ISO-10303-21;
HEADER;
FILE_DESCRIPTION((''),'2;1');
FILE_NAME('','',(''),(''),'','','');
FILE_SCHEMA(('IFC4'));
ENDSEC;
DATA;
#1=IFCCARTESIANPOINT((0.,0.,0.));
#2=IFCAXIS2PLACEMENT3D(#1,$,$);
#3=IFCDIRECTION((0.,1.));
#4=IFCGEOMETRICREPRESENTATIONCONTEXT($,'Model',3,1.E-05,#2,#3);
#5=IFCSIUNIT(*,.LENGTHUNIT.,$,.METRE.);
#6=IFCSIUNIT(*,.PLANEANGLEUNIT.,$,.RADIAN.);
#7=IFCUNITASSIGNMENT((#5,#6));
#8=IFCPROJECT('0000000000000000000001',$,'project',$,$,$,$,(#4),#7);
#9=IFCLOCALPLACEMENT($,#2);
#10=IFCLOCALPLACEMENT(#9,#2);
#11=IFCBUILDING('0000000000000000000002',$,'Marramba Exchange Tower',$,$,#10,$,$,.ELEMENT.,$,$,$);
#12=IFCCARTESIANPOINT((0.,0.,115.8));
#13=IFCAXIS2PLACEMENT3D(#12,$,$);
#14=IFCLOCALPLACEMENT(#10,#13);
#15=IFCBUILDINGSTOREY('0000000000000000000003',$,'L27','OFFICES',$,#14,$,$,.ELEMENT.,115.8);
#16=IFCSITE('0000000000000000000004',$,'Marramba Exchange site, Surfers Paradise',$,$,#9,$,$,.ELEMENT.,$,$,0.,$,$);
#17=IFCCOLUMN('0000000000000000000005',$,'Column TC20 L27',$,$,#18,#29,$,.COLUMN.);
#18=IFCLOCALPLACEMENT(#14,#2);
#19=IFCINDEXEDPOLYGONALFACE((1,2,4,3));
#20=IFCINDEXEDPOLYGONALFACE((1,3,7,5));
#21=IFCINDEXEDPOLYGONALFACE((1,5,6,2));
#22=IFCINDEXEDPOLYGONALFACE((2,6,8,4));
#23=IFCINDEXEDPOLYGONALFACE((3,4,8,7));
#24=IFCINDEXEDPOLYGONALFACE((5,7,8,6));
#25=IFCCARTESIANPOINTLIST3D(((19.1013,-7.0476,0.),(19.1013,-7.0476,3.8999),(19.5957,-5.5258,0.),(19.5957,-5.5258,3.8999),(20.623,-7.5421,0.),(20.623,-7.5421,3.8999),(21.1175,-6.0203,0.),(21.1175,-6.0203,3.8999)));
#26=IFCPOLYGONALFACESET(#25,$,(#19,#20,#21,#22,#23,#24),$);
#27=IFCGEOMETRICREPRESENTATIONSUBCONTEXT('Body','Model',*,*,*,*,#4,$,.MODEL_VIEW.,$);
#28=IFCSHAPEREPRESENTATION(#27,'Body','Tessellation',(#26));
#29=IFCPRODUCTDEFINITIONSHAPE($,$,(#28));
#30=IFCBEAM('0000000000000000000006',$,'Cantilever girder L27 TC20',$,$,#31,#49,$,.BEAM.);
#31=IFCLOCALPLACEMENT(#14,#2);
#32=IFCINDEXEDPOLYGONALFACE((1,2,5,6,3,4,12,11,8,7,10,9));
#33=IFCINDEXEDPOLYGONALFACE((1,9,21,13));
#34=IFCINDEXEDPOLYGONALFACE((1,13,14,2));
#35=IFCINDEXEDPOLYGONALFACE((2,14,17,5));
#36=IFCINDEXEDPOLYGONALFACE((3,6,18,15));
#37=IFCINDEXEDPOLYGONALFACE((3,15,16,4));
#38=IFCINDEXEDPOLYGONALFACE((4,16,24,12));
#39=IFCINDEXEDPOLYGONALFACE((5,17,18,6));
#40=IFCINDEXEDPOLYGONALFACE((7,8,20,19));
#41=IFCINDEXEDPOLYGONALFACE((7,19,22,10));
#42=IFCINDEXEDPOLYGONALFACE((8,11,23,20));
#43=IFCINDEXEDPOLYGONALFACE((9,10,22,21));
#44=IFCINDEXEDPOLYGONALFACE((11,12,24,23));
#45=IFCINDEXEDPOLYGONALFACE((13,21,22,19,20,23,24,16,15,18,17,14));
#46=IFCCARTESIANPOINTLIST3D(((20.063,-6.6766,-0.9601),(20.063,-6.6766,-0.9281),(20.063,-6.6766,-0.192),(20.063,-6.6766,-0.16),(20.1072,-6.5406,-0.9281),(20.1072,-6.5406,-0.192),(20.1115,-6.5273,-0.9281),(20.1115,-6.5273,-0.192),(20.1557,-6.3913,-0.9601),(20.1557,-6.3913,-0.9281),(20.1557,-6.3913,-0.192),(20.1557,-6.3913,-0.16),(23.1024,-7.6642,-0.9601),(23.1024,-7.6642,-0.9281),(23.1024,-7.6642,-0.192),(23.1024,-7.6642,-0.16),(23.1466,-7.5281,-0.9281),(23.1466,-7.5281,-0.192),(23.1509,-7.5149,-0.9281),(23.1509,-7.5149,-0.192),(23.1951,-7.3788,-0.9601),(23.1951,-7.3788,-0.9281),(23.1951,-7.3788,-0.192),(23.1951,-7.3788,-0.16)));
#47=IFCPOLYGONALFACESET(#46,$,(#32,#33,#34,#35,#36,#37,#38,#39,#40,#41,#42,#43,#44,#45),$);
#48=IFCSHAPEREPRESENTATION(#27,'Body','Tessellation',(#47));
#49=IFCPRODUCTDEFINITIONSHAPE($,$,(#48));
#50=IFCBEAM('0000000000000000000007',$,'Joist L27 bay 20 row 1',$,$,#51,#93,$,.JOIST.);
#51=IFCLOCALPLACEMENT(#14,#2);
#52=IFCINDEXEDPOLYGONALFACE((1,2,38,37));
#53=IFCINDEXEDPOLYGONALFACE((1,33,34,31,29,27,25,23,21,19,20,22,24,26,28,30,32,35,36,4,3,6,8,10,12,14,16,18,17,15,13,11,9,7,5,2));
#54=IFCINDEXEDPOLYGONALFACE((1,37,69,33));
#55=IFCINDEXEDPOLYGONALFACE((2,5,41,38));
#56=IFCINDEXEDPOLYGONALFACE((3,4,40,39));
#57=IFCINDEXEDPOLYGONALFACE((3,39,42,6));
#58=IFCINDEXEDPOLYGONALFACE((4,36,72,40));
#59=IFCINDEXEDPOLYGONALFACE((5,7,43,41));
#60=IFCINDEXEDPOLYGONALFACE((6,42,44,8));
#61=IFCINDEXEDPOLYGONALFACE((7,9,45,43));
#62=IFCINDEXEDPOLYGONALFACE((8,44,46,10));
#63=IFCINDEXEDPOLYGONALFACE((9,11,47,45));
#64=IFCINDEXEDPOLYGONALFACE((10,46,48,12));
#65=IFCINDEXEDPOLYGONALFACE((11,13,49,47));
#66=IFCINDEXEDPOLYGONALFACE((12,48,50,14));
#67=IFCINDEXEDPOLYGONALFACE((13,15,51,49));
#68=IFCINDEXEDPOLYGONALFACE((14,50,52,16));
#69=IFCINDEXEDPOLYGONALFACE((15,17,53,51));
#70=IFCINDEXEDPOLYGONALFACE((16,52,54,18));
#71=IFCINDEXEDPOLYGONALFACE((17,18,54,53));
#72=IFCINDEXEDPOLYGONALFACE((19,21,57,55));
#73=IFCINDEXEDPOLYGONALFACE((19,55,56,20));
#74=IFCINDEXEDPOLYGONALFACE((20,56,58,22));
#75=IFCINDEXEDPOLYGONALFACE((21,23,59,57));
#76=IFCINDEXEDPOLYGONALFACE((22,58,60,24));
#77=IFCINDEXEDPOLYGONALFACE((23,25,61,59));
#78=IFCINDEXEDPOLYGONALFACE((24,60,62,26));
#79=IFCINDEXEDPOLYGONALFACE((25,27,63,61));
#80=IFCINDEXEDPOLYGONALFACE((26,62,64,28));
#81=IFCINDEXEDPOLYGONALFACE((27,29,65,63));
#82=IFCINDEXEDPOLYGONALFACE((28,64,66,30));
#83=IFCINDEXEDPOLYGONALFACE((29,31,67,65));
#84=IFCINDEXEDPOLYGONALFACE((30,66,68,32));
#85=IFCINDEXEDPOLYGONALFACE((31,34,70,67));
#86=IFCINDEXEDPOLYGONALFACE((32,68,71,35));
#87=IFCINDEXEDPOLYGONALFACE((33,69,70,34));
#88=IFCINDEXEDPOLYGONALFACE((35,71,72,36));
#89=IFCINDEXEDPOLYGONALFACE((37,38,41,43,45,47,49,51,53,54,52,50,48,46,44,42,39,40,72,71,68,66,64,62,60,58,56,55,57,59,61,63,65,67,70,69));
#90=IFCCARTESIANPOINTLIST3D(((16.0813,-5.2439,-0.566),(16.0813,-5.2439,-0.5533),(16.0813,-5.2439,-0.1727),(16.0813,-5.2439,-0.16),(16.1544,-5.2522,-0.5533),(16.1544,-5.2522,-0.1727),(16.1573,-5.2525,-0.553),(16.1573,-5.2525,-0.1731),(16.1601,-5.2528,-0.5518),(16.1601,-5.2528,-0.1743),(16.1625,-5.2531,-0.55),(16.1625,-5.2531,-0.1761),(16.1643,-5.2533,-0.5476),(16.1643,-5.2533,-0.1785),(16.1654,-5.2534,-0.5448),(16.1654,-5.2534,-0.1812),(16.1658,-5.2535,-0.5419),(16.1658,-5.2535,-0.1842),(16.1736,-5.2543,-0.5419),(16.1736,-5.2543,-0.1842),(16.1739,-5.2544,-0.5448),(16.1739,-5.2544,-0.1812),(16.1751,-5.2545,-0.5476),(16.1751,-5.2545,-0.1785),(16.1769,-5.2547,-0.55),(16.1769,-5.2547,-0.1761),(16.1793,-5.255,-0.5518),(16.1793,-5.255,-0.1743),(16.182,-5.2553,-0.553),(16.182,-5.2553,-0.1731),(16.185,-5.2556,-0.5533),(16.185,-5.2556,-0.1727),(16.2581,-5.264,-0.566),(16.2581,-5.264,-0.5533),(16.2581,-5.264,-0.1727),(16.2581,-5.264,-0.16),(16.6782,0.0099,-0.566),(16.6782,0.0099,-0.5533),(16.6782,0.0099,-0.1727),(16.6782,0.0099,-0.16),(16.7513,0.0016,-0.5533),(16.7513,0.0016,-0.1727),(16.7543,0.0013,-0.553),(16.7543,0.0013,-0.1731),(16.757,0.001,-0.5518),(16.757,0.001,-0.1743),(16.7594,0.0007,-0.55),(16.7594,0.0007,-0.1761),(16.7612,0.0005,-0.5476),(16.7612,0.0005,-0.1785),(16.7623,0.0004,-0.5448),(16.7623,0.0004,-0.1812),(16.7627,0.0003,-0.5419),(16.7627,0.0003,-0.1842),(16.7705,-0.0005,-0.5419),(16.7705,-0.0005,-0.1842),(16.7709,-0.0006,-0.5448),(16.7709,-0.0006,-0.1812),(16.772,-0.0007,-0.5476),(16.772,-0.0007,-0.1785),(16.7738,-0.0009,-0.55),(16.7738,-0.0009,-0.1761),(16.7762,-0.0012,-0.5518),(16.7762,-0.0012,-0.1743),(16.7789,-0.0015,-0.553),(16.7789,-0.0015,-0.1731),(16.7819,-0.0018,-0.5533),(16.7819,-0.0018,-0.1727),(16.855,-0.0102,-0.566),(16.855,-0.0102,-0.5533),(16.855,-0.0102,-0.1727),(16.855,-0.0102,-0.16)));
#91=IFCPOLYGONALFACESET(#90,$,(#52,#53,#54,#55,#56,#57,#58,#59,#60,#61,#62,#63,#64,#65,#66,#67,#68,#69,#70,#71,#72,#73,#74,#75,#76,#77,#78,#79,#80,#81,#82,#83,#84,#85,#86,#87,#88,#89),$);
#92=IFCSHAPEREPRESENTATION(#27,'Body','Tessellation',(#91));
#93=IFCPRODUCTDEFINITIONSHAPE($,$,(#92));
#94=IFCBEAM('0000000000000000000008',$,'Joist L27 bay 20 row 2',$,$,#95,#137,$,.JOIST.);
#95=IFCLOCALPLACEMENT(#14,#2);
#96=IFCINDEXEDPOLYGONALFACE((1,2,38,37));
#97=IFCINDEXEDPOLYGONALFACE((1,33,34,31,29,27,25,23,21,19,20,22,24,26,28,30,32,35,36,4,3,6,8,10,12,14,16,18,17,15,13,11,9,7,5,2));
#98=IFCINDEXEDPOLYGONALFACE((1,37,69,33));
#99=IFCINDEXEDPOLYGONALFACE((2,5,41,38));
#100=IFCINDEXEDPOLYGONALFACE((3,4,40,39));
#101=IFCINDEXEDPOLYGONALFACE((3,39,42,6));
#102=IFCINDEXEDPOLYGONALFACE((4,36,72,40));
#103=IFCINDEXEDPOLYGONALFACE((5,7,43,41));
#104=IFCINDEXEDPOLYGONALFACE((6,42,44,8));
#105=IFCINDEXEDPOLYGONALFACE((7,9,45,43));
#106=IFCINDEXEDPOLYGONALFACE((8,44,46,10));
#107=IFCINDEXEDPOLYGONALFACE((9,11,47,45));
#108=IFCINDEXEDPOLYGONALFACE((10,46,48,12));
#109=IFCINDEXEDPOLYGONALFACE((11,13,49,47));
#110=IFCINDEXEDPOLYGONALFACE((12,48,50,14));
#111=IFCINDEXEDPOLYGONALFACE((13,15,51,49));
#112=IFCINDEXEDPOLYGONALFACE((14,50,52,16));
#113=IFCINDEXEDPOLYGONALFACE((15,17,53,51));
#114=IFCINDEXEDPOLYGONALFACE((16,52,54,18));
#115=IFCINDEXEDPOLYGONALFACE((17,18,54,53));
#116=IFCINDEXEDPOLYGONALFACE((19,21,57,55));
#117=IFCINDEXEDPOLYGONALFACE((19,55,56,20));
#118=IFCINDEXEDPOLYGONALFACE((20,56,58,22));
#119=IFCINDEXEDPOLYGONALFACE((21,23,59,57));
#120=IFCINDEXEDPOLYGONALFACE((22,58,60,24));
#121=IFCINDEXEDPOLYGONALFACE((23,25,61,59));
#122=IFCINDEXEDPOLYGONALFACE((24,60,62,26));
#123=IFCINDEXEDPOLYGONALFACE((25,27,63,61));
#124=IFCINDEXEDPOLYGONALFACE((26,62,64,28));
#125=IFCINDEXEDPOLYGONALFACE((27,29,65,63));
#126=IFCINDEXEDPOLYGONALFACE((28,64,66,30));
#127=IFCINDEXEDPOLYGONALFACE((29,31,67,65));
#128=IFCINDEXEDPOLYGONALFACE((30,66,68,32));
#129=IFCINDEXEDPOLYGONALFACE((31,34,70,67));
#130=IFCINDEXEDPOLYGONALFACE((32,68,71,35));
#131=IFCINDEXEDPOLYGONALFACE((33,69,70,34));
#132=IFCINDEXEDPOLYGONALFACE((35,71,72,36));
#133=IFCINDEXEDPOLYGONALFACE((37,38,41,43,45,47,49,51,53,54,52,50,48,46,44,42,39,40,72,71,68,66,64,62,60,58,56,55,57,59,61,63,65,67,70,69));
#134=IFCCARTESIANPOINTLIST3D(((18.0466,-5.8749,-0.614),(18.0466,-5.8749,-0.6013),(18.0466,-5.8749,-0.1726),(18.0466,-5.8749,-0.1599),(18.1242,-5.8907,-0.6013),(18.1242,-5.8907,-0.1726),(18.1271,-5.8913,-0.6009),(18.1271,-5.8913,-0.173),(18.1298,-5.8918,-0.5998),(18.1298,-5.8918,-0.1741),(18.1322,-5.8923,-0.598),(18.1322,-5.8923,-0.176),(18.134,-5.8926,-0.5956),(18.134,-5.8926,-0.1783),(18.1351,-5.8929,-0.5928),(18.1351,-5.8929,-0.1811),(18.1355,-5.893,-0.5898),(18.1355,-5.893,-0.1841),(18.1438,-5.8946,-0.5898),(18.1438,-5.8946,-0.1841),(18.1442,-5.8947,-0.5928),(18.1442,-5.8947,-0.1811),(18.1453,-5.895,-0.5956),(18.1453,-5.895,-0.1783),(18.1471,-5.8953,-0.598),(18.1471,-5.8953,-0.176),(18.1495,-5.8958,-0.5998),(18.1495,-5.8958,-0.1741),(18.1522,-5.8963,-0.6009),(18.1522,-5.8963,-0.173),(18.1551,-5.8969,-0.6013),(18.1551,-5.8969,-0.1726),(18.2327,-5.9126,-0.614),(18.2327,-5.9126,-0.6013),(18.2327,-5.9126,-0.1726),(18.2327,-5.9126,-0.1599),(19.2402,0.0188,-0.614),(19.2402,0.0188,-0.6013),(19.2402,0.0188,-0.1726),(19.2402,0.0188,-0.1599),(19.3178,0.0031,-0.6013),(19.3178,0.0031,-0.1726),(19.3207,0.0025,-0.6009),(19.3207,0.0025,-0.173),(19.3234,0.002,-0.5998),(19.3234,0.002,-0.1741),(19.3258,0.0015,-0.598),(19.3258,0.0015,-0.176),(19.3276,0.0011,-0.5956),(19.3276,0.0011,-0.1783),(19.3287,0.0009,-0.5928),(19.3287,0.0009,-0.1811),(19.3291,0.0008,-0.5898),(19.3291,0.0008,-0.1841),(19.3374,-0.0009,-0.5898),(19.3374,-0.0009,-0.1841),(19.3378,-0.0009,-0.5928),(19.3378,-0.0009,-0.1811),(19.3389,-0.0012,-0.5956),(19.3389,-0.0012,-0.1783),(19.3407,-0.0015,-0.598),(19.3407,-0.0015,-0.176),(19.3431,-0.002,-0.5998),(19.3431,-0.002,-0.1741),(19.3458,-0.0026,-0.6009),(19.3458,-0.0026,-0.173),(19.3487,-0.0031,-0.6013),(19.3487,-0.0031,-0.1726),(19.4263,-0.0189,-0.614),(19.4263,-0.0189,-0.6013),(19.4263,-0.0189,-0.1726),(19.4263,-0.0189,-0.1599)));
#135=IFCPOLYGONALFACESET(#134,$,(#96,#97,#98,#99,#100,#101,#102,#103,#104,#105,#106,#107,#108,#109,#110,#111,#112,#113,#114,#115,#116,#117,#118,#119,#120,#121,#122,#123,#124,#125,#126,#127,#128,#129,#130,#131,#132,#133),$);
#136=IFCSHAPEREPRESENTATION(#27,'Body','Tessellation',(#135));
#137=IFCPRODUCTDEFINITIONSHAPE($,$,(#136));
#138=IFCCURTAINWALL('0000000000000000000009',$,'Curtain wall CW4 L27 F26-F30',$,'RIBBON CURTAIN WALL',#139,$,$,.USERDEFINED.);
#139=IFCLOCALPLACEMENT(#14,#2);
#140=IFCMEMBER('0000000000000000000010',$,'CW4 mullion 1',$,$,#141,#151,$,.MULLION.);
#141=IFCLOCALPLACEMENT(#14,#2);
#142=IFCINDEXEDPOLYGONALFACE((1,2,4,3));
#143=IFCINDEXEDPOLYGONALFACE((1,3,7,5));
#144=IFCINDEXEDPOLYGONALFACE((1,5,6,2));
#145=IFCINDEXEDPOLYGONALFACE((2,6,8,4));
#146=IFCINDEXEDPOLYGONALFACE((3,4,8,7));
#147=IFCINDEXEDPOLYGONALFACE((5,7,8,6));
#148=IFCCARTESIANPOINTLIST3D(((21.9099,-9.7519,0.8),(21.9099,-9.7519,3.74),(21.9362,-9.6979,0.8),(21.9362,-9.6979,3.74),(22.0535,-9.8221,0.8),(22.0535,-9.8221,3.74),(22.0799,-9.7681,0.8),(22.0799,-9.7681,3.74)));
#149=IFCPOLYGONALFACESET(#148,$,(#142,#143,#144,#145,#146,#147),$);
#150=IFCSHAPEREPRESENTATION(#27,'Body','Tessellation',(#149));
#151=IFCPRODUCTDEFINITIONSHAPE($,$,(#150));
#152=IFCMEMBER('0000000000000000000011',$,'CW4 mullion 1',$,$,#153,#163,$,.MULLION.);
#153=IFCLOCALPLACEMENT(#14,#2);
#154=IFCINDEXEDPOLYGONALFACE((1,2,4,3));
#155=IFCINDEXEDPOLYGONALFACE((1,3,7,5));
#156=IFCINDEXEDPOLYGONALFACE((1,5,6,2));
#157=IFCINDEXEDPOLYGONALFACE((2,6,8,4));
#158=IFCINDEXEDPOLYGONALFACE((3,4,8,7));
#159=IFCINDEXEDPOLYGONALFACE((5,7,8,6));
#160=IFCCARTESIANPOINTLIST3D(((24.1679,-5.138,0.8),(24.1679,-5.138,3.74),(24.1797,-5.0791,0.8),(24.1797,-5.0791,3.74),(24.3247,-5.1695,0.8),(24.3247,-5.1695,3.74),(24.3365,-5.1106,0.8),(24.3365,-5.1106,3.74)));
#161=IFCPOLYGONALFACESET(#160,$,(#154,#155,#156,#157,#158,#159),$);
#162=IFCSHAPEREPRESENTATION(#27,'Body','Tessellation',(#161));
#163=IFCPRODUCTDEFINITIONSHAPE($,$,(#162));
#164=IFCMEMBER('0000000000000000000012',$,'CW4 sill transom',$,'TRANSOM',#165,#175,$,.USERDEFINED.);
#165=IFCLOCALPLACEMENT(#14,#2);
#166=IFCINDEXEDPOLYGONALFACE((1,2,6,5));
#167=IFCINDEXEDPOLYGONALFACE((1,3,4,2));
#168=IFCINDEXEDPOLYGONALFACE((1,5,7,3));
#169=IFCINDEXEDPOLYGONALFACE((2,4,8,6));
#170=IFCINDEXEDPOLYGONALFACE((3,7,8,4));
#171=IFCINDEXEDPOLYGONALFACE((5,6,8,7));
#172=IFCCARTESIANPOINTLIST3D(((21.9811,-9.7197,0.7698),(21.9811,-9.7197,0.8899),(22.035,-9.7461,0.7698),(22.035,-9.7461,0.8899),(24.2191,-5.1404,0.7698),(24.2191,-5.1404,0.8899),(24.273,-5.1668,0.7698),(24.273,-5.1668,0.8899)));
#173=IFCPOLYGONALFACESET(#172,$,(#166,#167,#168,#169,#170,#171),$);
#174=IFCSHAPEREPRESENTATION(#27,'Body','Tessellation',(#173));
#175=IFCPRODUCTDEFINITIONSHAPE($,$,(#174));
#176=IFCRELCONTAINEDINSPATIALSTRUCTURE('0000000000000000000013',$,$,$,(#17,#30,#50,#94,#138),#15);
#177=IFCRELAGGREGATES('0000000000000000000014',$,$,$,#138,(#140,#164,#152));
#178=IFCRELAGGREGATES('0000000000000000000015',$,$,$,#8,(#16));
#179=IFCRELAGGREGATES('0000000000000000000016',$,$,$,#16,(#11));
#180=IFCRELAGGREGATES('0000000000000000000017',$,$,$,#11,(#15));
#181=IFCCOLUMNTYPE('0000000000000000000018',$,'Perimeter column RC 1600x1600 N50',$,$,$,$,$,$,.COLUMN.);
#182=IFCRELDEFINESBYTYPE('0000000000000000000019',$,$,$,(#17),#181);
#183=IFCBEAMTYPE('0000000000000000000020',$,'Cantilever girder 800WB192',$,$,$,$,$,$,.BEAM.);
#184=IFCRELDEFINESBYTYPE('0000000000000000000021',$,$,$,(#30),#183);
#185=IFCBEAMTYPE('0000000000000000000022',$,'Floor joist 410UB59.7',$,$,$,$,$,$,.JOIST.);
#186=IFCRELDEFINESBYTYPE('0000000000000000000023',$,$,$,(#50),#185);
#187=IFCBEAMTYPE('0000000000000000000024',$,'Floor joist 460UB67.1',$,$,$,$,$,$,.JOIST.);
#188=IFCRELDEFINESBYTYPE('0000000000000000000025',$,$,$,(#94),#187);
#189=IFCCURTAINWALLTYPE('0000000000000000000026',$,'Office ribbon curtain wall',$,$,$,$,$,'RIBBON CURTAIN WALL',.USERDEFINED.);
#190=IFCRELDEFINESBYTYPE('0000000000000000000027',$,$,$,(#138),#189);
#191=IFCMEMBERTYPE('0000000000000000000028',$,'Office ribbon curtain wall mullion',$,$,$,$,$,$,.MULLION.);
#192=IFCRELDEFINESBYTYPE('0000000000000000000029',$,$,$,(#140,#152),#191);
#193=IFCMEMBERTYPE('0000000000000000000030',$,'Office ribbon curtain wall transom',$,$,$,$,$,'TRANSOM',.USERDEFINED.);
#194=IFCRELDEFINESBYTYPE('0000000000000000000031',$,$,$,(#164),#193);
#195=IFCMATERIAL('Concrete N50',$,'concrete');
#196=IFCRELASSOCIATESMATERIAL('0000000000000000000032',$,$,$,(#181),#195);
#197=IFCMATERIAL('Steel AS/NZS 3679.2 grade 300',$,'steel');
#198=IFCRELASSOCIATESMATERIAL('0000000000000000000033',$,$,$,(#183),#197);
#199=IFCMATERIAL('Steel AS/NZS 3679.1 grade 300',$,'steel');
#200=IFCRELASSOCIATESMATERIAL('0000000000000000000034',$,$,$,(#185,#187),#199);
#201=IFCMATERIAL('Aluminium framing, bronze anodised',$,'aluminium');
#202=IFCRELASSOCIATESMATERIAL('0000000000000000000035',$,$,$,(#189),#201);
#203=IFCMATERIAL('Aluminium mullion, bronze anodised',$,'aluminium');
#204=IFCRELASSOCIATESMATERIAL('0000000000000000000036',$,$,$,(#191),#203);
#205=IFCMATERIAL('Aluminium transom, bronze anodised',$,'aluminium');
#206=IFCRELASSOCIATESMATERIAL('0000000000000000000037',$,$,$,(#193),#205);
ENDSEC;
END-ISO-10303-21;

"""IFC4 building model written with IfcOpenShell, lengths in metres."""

from ifc_helpers import new_model, si_unit, direction, frame, origin, origin_2d, place, context, subcontext, project, spatial, rectangle, i_section, extrude, material, material_profile, profile_set, type_object, element, aggregate, save


model = new_model("IFC4")

# Units and contexts
model_context = context("Model", 3, precision=1e-05, world=origin(), true_north=direction((0.0, 1.0)))
body_context = subcontext(model_context, "Body", "Model", "MODEL_VIEW")
ifc_project = project(units=[si_unit("LENGTHUNIT", "METRE"), si_unit("PLANEANGLEUNIT", "RADIAN")], contexts=[model_context])

# Site, building, storey
site_placement = place(None, origin())
site = spatial("IfcSite", under=ifc_project, at=site_placement, Name="Marramba Exchange site, Surfers Paradise", CompositionType="ELEMENT", RefElevation=0.0)
building_placement = place(site_placement, origin())
building = spatial("IfcBuilding", under=site, at=building_placement, Name="Marramba Exchange Tower", CompositionType="ELEMENT")
storey_placement = place(building_placement, frame((0.0, 0.0, 115.8)))
storey = spatial("IfcBuildingStorey", under=building, at=storey_placement, Name="L27", Description="OFFICES", CompositionType="ELEMENT", Elevation=115.8)

# Column
ifc_material_1 = material(Name="Concrete N50", Category="concrete")
ifc_material_profile_1 = material_profile(ifc_material_1, rectangle(XDim=1.6001, YDim=1.6001, at=origin_2d()), Name="RC 1600x1600")
ifc_profile_set_1 = profile_set([ifc_material_profile_1], Name="Concrete N50")
column_type = type_object("IfcColumnType", Name="Perimeter column RC 1600x1600 N50", PredefinedType="COLUMN", material=ifc_profile_set_1)
column_placement = place(storey_placement, frame((20.1094, -6.5339, 0.0), z_axis=(0.0, 0.0, 1.0), x_axis=(0.951057, -0.309017, 0.0)))
element("IfcColumn", 1, at=column_placement, inside=storey, type_object=column_type, Name="Column TC20 L27", PredefinedType="COLUMN", context=body_context, shape_type="SweptSolid", body=[
    extrude(rectangle(XDim=1.6001, YDim=1.6001, at=origin_2d()), origin(), (0.0, 0.0, 1.0), 3.8999),
])

# Beams
ifc_material_2 = material(Name="Steel AS/NZS 3679.2 grade 300", Category="steel")
ifc_material_profile_2 = material_profile(ifc_material_2, i_section(OverallWidth=0.3, OverallDepth=0.8, WebThickness=0.0139, FlangeThickness=0.032, at=origin_2d()), Name="800WB192")
ifc_profile_set_2 = profile_set([ifc_material_profile_2], Name="Steel AS/NZS 3679.2 grade 300")
beam_type_1 = type_object("IfcBeamType", Name="Cantilever girder 800WB192", PredefinedType="BEAM", material=ifc_profile_set_2)
beam_1_placement = place(storey_placement, frame((20.1094, -6.5339, -0.5601), z_axis=(0.951055, -0.309022, 0.0), x_axis=(0.309022, 0.951055, 0.0)))
element("IfcBeam", 2, at=beam_1_placement, inside=storey, type_object=beam_type_1, Name="Cantilever girder L27 TC20", PredefinedType="BEAM", context=body_context, shape_type="SweptSolid", body=[
    extrude(i_section(OverallWidth=0.3, OverallDepth=0.8, WebThickness=0.0139, FlangeThickness=0.032, at=origin_2d()), origin(), (0.0, 0.0, 1.0), 3.1958),
])
ifc_material_3 = material(Name="Steel AS/NZS 3679.1 grade 300", Category="steel")
ifc_material_profile_3 = material_profile(ifc_material_3, i_section(OverallWidth=0.178, OverallDepth=0.406, WebThickness=0.0078, FlangeThickness=0.0127, FilletRadius=0.0115, at=origin_2d()), Name="410UB59.7")
ifc_profile_set_3 = profile_set([ifc_material_profile_3], Name="Steel AS/NZS 3679.1 grade 300")
beam_type_2 = type_object("IfcBeamType", Name="Floor joist 410UB59.7", PredefinedType="JOIST", material=ifc_profile_set_3)
beam_2_placement = place(storey_placement, frame((16.1697, -5.2539, -0.363), z_axis=(0.112889, 0.993608, 0.0), x_axis=(-0.993608, 0.112889, 0.0)))
element("IfcBeam", 3, at=beam_2_placement, inside=storey, type_object=beam_type_2, Name="Joist L27 bay 20 row 1", PredefinedType="JOIST", context=body_context, shape_type="SweptSolid", body=[
    extrude(i_section(OverallWidth=0.178, OverallDepth=0.406, WebThickness=0.0078, FlangeThickness=0.0127, FilletRadius=0.0115, at=origin_2d()), origin(), (0.0, 0.0, 1.0), 5.2876),
])
ifc_material_profile_4 = material_profile(ifc_material_3, i_section(OverallWidth=0.1899, OverallDepth=0.4541, WebThickness=0.0085, FlangeThickness=0.0127, FilletRadius=0.0115, at=origin_2d()), Name="460UB67.1")
ifc_profile_set_4 = profile_set([ifc_material_profile_4], Name="Steel AS/NZS 3679.1 grade 300")
beam_type_3 = type_object("IfcBeamType", Name="Floor joist 460UB67.1", PredefinedType="JOIST", material=ifc_profile_set_4)
beam_3_placement = place(storey_placement, frame((18.1396, -5.8938, -0.387), z_axis=(0.198489, 0.980103, 0.0), x_axis=(-0.980103, 0.198489, 0.0)))
element("IfcBeam", 4, at=beam_3_placement, inside=storey, type_object=beam_type_3, Name="Joist L27 bay 20 row 2", PredefinedType="JOIST", context=body_context, shape_type="SweptSolid", body=[
    extrude(i_section(OverallWidth=0.1899, OverallDepth=0.4541, WebThickness=0.0085, FlangeThickness=0.0127, FilletRadius=0.0115, at=origin_2d()), origin(), (0.0, 0.0, 1.0), 6.0134),
])

# Curtain wall, members
ifc_material_4 = material(Name="Aluminium framing, bronze anodised", Category="aluminium")
curtain_wall_type = type_object("IfcCurtainWallType", Name="Office ribbon curtain wall", ElementType="RIBBON CURTAIN WALL", PredefinedType="USERDEFINED", material=ifc_material_4)
curtain_wall_placement = place(storey_placement, origin())
curtain_wall = element("IfcCurtainWall", 5, at=curtain_wall_placement, inside=storey, type_object=curtain_wall_type, Name="Curtain wall CW4 L27 F26-F30", ObjectType="RIBBON CURTAIN WALL", PredefinedType="USERDEFINED")
ifc_material_5 = material(Name="Aluminium mullion, bronze anodised", Category="aluminium")
ifc_material_profile_5 = material_profile(ifc_material_5, rectangle(XDim=0.1599, YDim=0.0601, at=origin_2d()), Name="CW4 mullion 60x160")
ifc_profile_set_5 = profile_set([ifc_material_profile_5], Name="Aluminium mullion, bronze anodised")
member_type_1 = type_object("IfcMemberType", Name="Office ribbon curtain wall mullion", PredefinedType="MULLION", material=ifc_profile_set_5)
member_1_placement = place(storey_placement, frame((21.9949, -9.76, 0.8), z_axis=(0.0, 0.0, 1.0), x_axis=(-0.898445, 0.439086, 0.0)))
member_1 = element("IfcMember", 6, at=member_1_placement, type_object=member_type_1, Name="CW4 mullion 1", PredefinedType="MULLION", context=body_context, shape_type="SweptSolid", body=[
    extrude(rectangle(XDim=0.1599, YDim=0.0601, at=origin_2d()), origin(), (0.0, 0.0, 1.0), 2.9399),
])
member_2_placement = place(storey_placement, frame((24.2522, -5.1243, 0.8), z_axis=(0.0, 0.0, 1.0), x_axis=(-0.980394, 0.197049, 0.0)))
member_2 = element("IfcMember", 7, at=member_2_placement, type_object=member_type_1, Name="CW4 mullion 1", PredefinedType="MULLION", context=body_context, shape_type="SweptSolid", body=[
    extrude(rectangle(XDim=0.1599, YDim=0.0601, at=origin_2d()), origin(), (0.0, 0.0, 1.0), 2.9399),
])
ifc_material_6 = material(Name="Aluminium transom, bronze anodised", Category="aluminium")
ifc_material_profile_6 = material_profile(ifc_material_6, rectangle(XDim=0.0601, YDim=0.1201, at=origin_2d()), Name="CW4 transom 60x120")
ifc_profile_set_6 = profile_set([ifc_material_profile_6], Name="Aluminium transom, bronze anodised")
member_type_2 = type_object("IfcMemberType", Name="Office ribbon curtain wall transom", ElementType="TRANSOM", PredefinedType="USERDEFINED", material=ifc_profile_set_6)
member_3_placement = place(storey_placement, frame((22.0081, -9.7329, 0.8298), z_axis=(0.439091, 0.898443, 0.0), x_axis=(-0.898443, 0.439091, 0.0)))
member_3 = element("IfcMember", 8, at=member_3_placement, type_object=member_type_2, Name="CW4 sill transom", ObjectType="TRANSOM", PredefinedType="USERDEFINED", context=body_context, shape_type="SweptSolid", body=[
    extrude(rectangle(XDim=0.0601, YDim=0.1201, at=origin_2d()), origin(), (0.0, 0.0, 1.0), 5.0969),
])

aggregate(curtain_wall, [member_1, member_3, member_2])

save(model, "model.ifc")
